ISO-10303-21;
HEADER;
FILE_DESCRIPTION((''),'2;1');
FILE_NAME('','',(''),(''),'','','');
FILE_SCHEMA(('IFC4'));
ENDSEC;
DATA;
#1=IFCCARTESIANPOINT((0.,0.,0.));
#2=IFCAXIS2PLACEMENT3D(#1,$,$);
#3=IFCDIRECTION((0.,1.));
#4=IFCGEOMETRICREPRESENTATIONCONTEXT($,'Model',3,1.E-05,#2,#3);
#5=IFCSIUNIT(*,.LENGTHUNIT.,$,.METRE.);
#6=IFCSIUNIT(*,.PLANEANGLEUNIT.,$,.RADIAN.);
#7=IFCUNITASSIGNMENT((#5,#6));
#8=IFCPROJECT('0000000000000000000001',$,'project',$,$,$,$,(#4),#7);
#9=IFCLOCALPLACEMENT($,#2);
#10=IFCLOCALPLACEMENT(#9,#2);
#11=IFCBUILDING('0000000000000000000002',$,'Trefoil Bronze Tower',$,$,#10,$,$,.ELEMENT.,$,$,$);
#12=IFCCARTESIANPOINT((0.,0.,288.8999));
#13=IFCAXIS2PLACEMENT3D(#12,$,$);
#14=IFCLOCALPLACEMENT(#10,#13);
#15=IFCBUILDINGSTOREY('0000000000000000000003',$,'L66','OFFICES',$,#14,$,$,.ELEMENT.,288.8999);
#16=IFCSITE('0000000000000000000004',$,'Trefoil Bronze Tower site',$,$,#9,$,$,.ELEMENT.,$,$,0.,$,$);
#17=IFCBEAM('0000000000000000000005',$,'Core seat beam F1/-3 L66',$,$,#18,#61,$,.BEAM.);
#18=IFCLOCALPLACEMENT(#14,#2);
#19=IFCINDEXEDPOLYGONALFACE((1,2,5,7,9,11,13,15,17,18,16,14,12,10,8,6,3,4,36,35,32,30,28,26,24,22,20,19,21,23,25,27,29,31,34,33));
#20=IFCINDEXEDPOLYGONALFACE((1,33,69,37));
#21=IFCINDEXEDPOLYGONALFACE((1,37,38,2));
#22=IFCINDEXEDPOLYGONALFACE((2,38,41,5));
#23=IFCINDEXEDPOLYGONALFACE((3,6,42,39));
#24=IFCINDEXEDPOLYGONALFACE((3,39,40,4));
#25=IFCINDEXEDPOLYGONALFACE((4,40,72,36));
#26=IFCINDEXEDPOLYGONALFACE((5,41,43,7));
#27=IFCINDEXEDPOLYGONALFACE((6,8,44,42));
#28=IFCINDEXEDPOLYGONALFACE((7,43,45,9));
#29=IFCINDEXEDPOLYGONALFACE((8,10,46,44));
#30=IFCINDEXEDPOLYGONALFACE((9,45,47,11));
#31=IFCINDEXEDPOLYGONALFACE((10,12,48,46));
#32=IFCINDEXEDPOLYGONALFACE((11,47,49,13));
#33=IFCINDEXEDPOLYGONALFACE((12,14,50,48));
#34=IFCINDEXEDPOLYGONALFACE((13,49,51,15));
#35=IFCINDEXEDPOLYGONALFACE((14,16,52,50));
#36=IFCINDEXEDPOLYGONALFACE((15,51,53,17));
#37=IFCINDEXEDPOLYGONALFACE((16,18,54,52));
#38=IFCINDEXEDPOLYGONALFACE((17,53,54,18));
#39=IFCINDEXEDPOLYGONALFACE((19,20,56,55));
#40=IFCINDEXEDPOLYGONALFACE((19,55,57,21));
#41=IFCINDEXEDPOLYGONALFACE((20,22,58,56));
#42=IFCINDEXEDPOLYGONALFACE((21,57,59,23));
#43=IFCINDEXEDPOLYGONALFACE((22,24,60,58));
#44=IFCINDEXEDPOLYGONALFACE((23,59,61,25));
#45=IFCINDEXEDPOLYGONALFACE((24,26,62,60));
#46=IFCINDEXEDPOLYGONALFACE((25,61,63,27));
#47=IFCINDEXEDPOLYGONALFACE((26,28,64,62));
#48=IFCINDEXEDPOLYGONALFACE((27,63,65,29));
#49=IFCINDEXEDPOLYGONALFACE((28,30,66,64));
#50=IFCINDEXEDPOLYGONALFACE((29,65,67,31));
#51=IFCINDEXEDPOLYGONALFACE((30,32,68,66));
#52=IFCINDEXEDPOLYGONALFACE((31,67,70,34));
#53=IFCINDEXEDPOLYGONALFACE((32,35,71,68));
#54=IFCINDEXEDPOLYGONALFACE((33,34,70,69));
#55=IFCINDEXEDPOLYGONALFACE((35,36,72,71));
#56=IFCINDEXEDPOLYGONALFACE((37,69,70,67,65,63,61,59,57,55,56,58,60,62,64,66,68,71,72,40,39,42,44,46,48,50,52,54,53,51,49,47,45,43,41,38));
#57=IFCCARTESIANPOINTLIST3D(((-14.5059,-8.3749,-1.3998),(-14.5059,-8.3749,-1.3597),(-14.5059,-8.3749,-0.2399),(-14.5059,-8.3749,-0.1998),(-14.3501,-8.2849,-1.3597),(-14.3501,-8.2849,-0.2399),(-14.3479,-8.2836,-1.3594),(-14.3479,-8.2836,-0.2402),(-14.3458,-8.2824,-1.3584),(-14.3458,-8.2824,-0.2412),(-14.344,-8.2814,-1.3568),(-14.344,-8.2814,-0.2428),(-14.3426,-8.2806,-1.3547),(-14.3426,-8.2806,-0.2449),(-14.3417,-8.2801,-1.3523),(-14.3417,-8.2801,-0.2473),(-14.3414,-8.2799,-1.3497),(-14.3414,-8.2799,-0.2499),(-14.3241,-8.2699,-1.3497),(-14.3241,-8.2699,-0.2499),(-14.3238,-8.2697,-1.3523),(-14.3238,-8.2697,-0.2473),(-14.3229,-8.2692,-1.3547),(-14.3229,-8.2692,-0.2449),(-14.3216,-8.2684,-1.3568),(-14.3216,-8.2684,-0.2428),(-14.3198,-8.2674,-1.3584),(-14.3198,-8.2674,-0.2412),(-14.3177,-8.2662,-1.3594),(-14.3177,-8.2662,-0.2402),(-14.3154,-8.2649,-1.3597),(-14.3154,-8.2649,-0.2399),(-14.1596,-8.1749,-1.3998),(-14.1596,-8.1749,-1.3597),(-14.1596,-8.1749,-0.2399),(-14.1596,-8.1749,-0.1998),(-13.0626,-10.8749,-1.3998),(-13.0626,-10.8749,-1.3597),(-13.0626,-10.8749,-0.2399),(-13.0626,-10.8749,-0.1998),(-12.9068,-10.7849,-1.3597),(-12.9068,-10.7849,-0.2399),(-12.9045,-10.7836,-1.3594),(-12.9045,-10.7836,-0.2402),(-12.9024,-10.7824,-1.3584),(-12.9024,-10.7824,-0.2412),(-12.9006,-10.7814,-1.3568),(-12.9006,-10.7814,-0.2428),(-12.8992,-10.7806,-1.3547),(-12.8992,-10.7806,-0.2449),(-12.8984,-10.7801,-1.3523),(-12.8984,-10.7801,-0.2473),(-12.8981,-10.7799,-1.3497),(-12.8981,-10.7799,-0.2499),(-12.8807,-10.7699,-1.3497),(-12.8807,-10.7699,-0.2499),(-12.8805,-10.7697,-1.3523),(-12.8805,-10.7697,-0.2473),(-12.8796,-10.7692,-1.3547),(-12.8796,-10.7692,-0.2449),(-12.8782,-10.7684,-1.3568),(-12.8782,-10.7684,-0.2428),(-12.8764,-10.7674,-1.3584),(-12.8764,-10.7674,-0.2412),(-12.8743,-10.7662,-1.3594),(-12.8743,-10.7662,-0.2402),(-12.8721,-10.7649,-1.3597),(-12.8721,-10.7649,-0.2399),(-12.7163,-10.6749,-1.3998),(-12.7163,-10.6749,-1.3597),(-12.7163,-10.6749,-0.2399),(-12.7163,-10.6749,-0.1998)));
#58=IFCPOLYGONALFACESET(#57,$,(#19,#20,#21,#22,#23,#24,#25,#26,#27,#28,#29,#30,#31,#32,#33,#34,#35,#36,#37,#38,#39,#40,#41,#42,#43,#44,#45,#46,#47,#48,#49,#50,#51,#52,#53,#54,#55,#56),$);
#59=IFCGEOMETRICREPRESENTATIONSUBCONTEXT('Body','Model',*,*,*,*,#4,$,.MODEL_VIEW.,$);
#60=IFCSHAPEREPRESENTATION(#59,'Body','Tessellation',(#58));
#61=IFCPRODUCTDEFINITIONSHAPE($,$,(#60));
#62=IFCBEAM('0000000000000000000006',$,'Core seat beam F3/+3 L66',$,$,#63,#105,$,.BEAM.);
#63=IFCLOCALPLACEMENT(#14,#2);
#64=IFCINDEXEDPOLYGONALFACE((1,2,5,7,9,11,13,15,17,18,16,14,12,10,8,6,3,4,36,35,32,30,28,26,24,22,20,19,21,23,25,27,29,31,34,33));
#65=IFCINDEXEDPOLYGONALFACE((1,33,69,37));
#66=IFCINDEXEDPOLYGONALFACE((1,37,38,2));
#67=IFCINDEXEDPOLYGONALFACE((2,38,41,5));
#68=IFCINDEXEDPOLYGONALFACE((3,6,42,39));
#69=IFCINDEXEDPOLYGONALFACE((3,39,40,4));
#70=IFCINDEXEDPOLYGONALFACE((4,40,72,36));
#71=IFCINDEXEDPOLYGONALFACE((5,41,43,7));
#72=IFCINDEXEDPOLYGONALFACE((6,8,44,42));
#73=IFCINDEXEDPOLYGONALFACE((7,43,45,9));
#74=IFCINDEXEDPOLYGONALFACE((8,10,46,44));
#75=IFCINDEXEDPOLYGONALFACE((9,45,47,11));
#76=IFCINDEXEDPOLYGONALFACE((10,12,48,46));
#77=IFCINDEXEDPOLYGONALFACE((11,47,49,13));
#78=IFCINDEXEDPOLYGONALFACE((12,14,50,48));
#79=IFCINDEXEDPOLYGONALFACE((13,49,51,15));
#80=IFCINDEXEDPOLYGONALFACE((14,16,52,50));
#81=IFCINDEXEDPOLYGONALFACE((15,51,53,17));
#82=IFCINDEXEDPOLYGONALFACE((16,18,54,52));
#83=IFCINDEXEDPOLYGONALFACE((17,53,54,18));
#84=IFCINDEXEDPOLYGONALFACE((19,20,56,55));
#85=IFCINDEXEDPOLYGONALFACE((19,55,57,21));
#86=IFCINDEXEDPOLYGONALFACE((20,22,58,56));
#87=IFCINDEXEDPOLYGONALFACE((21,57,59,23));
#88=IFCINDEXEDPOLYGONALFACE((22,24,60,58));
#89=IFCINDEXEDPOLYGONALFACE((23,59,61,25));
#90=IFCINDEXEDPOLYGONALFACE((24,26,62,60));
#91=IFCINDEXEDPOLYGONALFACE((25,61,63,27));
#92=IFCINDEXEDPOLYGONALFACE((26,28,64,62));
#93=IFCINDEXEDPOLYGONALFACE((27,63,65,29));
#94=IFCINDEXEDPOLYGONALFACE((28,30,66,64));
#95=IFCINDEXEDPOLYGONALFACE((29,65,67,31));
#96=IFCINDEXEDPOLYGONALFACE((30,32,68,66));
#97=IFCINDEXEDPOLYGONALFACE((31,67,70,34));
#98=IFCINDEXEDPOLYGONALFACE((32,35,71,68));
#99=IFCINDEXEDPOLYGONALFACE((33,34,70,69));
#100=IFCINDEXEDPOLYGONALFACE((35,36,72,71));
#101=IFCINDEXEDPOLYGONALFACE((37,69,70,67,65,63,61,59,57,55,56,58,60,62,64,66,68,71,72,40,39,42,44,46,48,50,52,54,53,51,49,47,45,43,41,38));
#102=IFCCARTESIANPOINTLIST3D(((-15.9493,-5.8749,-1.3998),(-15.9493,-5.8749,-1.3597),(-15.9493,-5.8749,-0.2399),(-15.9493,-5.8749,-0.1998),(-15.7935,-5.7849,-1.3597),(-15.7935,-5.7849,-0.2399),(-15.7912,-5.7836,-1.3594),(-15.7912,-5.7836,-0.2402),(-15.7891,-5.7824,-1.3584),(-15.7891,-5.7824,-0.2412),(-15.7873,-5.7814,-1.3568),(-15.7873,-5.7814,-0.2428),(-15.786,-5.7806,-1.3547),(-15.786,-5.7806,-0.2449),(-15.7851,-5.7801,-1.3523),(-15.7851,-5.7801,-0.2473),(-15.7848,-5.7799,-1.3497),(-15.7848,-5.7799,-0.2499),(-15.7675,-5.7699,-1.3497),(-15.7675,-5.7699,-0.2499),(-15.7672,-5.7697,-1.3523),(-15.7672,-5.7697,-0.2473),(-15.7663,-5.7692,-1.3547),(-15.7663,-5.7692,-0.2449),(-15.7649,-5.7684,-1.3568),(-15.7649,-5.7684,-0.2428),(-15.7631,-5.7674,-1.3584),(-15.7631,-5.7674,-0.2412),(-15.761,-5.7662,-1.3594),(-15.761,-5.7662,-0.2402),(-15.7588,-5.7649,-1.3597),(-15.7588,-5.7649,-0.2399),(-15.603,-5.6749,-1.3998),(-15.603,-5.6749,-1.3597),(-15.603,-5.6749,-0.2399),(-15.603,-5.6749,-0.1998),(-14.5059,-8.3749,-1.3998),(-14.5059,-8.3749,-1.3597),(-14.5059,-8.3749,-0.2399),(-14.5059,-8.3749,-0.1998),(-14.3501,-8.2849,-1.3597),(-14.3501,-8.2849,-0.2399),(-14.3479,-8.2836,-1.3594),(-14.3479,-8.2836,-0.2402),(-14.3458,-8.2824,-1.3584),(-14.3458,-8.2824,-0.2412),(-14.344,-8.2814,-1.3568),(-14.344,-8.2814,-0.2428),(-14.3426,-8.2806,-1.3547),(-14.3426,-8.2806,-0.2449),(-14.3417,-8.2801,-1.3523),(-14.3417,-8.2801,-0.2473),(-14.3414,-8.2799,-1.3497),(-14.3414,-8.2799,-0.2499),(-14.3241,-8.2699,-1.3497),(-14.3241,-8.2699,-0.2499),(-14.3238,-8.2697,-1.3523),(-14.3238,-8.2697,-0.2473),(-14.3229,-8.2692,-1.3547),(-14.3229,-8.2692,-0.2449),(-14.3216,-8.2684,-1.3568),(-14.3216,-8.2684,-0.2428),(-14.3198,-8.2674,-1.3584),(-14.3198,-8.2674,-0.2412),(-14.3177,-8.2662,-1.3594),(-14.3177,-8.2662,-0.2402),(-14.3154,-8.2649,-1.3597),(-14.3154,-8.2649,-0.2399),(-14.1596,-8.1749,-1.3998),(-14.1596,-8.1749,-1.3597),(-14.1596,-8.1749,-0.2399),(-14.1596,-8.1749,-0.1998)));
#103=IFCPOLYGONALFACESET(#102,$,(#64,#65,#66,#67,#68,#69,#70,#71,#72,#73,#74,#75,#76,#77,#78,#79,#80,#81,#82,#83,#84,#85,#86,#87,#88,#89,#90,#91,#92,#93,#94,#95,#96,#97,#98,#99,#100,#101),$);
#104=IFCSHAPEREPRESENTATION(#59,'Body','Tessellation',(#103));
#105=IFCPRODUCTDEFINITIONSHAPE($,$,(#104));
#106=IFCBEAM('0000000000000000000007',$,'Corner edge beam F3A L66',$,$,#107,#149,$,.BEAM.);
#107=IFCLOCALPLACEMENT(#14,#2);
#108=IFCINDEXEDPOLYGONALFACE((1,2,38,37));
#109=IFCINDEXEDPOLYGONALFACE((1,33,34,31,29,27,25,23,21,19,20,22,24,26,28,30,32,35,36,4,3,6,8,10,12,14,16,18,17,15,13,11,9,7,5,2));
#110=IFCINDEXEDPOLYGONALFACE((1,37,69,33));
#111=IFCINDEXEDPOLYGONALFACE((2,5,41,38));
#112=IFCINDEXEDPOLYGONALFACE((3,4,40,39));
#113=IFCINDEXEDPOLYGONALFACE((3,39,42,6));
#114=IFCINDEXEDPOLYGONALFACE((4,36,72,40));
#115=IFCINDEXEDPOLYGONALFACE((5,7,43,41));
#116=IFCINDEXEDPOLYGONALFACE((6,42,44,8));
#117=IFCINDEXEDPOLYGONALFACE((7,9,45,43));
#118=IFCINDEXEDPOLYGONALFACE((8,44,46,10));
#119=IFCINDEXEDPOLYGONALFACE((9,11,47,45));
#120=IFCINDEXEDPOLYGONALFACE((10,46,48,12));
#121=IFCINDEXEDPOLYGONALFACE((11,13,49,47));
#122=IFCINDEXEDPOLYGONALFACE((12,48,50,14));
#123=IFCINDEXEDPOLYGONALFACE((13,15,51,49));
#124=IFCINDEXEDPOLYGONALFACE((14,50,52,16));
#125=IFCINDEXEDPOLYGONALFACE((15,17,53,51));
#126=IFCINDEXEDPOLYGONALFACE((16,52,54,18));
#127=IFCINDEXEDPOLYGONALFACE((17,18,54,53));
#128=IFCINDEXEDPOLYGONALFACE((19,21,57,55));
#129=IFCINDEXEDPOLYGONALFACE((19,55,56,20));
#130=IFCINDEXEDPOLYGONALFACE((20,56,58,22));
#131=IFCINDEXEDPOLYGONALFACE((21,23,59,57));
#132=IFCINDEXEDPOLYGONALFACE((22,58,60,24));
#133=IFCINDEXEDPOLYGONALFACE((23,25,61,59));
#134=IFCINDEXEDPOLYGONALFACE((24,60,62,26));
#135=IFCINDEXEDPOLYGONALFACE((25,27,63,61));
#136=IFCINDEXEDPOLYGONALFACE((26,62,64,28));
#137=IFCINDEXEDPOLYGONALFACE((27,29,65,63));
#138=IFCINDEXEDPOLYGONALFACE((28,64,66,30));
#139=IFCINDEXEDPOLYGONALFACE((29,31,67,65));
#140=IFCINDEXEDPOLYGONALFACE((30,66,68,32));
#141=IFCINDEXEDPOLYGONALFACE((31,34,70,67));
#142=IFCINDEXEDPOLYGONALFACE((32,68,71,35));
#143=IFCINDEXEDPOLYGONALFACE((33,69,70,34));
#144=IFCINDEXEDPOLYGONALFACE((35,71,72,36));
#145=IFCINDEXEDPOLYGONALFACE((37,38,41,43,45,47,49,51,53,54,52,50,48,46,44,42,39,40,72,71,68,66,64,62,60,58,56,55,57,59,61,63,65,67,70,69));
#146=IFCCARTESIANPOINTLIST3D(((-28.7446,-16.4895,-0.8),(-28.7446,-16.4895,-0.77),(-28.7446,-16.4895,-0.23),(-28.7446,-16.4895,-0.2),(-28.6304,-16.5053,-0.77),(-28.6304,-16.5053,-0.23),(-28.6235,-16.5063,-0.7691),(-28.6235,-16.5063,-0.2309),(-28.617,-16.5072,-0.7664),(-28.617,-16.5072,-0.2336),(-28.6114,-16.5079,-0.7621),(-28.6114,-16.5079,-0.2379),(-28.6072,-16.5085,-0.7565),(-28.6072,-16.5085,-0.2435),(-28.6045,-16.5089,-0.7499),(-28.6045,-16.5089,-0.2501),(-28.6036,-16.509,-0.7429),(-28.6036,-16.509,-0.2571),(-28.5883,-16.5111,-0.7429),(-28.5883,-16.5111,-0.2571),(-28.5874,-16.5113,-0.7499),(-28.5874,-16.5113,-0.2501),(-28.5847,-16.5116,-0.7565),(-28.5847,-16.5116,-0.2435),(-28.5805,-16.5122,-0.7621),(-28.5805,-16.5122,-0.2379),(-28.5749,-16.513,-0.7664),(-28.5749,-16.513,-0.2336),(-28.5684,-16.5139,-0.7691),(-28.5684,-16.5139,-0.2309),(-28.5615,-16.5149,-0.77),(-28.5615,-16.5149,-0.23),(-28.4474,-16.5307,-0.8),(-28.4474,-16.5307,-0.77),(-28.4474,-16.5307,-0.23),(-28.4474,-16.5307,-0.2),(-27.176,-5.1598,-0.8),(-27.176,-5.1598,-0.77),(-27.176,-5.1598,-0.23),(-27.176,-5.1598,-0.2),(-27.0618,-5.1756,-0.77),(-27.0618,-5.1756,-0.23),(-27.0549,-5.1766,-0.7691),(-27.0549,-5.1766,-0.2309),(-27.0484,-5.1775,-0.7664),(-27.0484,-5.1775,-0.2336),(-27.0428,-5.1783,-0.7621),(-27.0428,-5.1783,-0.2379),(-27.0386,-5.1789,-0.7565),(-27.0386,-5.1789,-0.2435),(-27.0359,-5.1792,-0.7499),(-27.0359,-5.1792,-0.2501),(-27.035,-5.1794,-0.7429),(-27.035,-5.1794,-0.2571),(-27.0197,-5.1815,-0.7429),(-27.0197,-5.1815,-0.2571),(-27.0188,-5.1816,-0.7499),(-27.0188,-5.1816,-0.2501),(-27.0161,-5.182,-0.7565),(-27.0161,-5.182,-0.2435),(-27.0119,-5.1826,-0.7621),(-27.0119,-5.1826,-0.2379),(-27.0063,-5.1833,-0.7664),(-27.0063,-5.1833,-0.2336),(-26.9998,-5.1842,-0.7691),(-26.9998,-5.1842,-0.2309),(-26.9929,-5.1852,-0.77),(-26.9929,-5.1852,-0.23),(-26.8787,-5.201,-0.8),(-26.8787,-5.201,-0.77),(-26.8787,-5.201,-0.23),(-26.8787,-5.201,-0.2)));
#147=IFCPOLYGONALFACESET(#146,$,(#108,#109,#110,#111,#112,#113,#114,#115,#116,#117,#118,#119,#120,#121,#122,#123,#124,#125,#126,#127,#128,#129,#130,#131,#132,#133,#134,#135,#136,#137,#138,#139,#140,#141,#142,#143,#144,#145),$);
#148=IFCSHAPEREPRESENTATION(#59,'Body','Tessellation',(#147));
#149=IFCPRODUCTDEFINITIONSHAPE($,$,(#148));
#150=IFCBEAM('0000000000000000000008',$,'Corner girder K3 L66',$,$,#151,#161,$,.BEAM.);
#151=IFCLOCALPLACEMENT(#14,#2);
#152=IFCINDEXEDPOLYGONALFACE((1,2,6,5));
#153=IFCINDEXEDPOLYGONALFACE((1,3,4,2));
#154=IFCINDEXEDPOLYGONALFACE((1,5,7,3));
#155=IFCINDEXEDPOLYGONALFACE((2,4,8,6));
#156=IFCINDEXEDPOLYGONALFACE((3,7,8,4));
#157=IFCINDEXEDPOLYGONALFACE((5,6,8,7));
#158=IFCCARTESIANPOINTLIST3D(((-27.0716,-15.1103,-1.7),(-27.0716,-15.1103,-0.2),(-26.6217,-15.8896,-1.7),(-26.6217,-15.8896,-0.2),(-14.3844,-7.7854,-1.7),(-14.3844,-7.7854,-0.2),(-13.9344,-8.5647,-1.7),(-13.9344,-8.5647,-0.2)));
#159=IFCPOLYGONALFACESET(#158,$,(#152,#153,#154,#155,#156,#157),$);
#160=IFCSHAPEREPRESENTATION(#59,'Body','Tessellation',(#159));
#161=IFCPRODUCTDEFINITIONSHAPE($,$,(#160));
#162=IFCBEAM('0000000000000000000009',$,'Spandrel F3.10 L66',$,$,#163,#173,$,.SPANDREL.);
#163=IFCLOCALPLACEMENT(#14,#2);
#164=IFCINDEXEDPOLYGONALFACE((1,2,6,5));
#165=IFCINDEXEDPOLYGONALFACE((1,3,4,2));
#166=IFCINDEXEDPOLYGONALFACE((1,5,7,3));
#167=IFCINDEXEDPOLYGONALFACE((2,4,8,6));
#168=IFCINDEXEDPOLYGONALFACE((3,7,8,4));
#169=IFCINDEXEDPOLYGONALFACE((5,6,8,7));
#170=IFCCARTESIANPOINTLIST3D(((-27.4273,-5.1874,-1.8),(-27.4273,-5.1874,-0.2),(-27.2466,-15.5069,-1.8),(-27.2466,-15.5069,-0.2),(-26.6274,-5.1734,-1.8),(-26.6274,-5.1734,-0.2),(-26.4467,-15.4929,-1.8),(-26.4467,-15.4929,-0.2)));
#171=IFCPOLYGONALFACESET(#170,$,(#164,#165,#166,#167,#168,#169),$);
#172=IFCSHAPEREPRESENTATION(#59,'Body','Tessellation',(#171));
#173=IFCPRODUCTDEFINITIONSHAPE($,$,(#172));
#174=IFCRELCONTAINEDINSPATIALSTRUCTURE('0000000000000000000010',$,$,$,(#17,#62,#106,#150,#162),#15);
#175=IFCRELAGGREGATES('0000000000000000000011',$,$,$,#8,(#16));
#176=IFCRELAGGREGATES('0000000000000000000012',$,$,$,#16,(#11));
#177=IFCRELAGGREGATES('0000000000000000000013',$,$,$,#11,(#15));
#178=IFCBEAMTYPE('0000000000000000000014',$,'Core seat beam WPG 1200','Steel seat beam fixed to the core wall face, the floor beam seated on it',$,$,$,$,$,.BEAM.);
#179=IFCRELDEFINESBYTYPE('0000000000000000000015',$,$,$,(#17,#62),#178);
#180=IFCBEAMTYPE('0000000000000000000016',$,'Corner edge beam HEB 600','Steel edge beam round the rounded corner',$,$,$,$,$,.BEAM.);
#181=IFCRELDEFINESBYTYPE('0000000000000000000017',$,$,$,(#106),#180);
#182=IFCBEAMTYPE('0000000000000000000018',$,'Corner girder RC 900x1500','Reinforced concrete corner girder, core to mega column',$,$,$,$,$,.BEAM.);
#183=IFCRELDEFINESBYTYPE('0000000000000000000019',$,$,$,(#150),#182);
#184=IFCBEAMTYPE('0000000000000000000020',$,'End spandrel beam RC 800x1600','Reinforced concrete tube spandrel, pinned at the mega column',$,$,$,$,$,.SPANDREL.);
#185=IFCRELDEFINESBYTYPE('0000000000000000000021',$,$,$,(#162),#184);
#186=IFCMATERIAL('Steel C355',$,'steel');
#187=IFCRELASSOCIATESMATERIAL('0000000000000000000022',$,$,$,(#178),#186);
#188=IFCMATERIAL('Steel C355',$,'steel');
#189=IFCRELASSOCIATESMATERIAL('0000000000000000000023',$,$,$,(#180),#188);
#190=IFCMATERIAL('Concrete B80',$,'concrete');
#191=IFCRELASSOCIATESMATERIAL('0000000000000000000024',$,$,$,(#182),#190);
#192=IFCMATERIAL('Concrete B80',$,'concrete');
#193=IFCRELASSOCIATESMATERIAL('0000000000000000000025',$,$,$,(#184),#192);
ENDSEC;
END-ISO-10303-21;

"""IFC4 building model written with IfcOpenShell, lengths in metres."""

from ifc_helpers import new_model, si_unit, direction, frame, origin, origin_2d, place, context, subcontext, project, spatial, rectangle, i_section, extrude, material, material_profile, profile_set, type_object, element, save


model = new_model("IFC4")

# Units and contexts
model_context = context("Model", 3, precision=1e-05, world=origin(), true_north=direction((0.0, 1.0)))
body_context = subcontext(model_context, "Body", "Model", "MODEL_VIEW")
ifc_project = project(units=[si_unit("LENGTHUNIT", "METRE"), si_unit("PLANEANGLEUNIT", "RADIAN")], contexts=[model_context])

# Site, building, storey
site_placement = place(None, origin())
site = spatial("IfcSite", under=ifc_project, at=site_placement, Name="Trefoil Bronze Tower site", CompositionType="ELEMENT", RefElevation=0.0)
building_placement = place(site_placement, origin())
building = spatial("IfcBuilding", under=site, at=building_placement, Name="Trefoil Bronze Tower", CompositionType="ELEMENT")
storey_placement = place(building_placement, frame((0.0, 0.0, 288.8999)))
storey = spatial("IfcBuildingStorey", under=building, at=storey_placement, Name="L66", Description="OFFICES", CompositionType="ELEMENT", Elevation=288.8999)

# Beams
ifc_material_1 = material(Name="Steel C355", Category="steel")
ifc_material_profile_1 = material_profile(ifc_material_1, i_section(OverallWidth=0.3999, OverallDepth=1.2, WebThickness=0.02, FlangeThickness=0.04, FilletRadius=0.01, at=origin_2d()), Name="WPG 1200")
ifc_profile_set_1 = profile_set([ifc_material_profile_1], Name="Steel C355")
beam_type_1 = type_object("IfcBeamType", Name="Core seat beam WPG 1200", Description="Steel seat beam fixed to the core wall face, the floor beam seated on it", PredefinedType="BEAM", material=ifc_profile_set_1)
for number, where, z_axis, x_axis, name in (
    (1, (-14.3328, -8.2749, -0.7998), (0.499996, -0.866028, 0.0), (0.866028, 0.499996, 0.0), "Core seat beam F1/-3 L66"),
    (2, (-15.7761, -5.7749, -0.7998), (0.499996, -0.866028, 0.0), (0.866028, 0.499996, 0.0), "Core seat beam F3/+3 L66"),
):
    element("IfcBeam", number, at=place(storey_placement, frame(where, z_axis=z_axis, x_axis=x_axis)), inside=storey, type_object=beam_type_1, Name=name, PredefinedType="BEAM", context=body_context, shape_type="SweptSolid", body=[
        extrude(i_section(OverallWidth=0.3999, OverallDepth=1.2, WebThickness=0.02, FlangeThickness=0.04, FilletRadius=0.01, at=origin_2d()), origin(), (0.0, 0.0, 1.0), 2.8867),
    ])
ifc_material_2 = material(Name="Steel C355", Category="steel")
ifc_material_profile_2 = material_profile(ifc_material_2, i_section(OverallWidth=0.3, OverallDepth=0.6001, WebThickness=0.0154, FlangeThickness=0.03, FilletRadius=0.0271, at=origin_2d()), Name="HEB 600")
ifc_profile_set_2 = profile_set([ifc_material_profile_2], Name="Steel C355")
beam_type_2 = type_object("IfcBeamType", Name="Corner edge beam HEB 600", Description="Steel edge beam round the rounded corner", PredefinedType="BEAM", material=ifc_profile_set_2)
beam_1_placement = place(storey_placement, frame((-27.0273, -5.1804, -0.5), z_axis=(-0.137144, -0.990551, 0.0), x_axis=(0.990551, -0.137144, 0.0)))
element("IfcBeam", 3, at=beam_1_placement, inside=storey, type_object=beam_type_2, Name="Corner edge beam F3A L66", PredefinedType="BEAM", context=body_context, shape_type="SweptSolid", body=[
    extrude(i_section(OverallWidth=0.3, OverallDepth=0.6001, WebThickness=0.0154, FlangeThickness=0.03, FilletRadius=0.0271, at=origin_2d()), origin(), (0.0, 0.0, 1.0), 11.4377),
])
ifc_material_3 = material(Name="Concrete B80", Category="concrete")
ifc_material_profile_3 = material_profile(ifc_material_3, rectangle(XDim=0.8999, YDim=1.5, at=origin_2d()), Name="RC 900x1500")
ifc_profile_set_3 = profile_set([ifc_material_profile_3], Name="Concrete B80")
beam_type_3 = type_object("IfcBeamType", Name="Corner girder RC 900x1500", Description="Reinforced concrete corner girder, core to mega column", PredefinedType="BEAM", material=ifc_profile_set_3)
beam_2_placement = place(storey_placement, frame((-14.1594, -8.175, -0.95), z_axis=(-0.866027, -0.499998, 0.0), x_axis=(0.499998, -0.866027, 0.0)))
element("IfcBeam", 4, at=beam_2_placement, inside=storey, type_object=beam_type_3, Name="Corner girder K3 L66", PredefinedType="BEAM", context=body_context, shape_type="SweptSolid", body=[
    extrude(rectangle(XDim=0.8999, YDim=1.5, at=origin_2d()), origin(), (0.0, 0.0, 1.0), 14.6499),
])
ifc_material_4 = material(Name="Concrete B80", Category="concrete")
ifc_material_profile_4 = material_profile(ifc_material_4, rectangle(XDim=0.8, YDim=1.6001, at=origin_2d()), Name="RC 800x1600")
ifc_profile_set_4 = profile_set([ifc_material_profile_4], Name="Concrete B80")
beam_type_4 = type_object("IfcBeamType", Name="End spandrel beam RC 800x1600", Description="Reinforced concrete tube spandrel, pinned at the mega column", PredefinedType="SPANDREL", material=ifc_profile_set_4)
beam_3_placement = place(storey_placement, frame((-27.0273, -5.1804, -1.0), z_axis=(0.017504, -0.999847, 0.0), x_axis=(0.999847, 0.017504, 0.0)))
element("IfcBeam", 5, at=beam_3_placement, inside=storey, type_object=beam_type_4, Name="Spandrel F3.10 L66", PredefinedType="SPANDREL", context=body_context, shape_type="SweptSolid", body=[
    extrude(rectangle(XDim=0.8, YDim=1.6001, at=origin_2d()), origin(), (0.0, 0.0, 1.0), 10.321),
])

save(model, "model.ifc")
